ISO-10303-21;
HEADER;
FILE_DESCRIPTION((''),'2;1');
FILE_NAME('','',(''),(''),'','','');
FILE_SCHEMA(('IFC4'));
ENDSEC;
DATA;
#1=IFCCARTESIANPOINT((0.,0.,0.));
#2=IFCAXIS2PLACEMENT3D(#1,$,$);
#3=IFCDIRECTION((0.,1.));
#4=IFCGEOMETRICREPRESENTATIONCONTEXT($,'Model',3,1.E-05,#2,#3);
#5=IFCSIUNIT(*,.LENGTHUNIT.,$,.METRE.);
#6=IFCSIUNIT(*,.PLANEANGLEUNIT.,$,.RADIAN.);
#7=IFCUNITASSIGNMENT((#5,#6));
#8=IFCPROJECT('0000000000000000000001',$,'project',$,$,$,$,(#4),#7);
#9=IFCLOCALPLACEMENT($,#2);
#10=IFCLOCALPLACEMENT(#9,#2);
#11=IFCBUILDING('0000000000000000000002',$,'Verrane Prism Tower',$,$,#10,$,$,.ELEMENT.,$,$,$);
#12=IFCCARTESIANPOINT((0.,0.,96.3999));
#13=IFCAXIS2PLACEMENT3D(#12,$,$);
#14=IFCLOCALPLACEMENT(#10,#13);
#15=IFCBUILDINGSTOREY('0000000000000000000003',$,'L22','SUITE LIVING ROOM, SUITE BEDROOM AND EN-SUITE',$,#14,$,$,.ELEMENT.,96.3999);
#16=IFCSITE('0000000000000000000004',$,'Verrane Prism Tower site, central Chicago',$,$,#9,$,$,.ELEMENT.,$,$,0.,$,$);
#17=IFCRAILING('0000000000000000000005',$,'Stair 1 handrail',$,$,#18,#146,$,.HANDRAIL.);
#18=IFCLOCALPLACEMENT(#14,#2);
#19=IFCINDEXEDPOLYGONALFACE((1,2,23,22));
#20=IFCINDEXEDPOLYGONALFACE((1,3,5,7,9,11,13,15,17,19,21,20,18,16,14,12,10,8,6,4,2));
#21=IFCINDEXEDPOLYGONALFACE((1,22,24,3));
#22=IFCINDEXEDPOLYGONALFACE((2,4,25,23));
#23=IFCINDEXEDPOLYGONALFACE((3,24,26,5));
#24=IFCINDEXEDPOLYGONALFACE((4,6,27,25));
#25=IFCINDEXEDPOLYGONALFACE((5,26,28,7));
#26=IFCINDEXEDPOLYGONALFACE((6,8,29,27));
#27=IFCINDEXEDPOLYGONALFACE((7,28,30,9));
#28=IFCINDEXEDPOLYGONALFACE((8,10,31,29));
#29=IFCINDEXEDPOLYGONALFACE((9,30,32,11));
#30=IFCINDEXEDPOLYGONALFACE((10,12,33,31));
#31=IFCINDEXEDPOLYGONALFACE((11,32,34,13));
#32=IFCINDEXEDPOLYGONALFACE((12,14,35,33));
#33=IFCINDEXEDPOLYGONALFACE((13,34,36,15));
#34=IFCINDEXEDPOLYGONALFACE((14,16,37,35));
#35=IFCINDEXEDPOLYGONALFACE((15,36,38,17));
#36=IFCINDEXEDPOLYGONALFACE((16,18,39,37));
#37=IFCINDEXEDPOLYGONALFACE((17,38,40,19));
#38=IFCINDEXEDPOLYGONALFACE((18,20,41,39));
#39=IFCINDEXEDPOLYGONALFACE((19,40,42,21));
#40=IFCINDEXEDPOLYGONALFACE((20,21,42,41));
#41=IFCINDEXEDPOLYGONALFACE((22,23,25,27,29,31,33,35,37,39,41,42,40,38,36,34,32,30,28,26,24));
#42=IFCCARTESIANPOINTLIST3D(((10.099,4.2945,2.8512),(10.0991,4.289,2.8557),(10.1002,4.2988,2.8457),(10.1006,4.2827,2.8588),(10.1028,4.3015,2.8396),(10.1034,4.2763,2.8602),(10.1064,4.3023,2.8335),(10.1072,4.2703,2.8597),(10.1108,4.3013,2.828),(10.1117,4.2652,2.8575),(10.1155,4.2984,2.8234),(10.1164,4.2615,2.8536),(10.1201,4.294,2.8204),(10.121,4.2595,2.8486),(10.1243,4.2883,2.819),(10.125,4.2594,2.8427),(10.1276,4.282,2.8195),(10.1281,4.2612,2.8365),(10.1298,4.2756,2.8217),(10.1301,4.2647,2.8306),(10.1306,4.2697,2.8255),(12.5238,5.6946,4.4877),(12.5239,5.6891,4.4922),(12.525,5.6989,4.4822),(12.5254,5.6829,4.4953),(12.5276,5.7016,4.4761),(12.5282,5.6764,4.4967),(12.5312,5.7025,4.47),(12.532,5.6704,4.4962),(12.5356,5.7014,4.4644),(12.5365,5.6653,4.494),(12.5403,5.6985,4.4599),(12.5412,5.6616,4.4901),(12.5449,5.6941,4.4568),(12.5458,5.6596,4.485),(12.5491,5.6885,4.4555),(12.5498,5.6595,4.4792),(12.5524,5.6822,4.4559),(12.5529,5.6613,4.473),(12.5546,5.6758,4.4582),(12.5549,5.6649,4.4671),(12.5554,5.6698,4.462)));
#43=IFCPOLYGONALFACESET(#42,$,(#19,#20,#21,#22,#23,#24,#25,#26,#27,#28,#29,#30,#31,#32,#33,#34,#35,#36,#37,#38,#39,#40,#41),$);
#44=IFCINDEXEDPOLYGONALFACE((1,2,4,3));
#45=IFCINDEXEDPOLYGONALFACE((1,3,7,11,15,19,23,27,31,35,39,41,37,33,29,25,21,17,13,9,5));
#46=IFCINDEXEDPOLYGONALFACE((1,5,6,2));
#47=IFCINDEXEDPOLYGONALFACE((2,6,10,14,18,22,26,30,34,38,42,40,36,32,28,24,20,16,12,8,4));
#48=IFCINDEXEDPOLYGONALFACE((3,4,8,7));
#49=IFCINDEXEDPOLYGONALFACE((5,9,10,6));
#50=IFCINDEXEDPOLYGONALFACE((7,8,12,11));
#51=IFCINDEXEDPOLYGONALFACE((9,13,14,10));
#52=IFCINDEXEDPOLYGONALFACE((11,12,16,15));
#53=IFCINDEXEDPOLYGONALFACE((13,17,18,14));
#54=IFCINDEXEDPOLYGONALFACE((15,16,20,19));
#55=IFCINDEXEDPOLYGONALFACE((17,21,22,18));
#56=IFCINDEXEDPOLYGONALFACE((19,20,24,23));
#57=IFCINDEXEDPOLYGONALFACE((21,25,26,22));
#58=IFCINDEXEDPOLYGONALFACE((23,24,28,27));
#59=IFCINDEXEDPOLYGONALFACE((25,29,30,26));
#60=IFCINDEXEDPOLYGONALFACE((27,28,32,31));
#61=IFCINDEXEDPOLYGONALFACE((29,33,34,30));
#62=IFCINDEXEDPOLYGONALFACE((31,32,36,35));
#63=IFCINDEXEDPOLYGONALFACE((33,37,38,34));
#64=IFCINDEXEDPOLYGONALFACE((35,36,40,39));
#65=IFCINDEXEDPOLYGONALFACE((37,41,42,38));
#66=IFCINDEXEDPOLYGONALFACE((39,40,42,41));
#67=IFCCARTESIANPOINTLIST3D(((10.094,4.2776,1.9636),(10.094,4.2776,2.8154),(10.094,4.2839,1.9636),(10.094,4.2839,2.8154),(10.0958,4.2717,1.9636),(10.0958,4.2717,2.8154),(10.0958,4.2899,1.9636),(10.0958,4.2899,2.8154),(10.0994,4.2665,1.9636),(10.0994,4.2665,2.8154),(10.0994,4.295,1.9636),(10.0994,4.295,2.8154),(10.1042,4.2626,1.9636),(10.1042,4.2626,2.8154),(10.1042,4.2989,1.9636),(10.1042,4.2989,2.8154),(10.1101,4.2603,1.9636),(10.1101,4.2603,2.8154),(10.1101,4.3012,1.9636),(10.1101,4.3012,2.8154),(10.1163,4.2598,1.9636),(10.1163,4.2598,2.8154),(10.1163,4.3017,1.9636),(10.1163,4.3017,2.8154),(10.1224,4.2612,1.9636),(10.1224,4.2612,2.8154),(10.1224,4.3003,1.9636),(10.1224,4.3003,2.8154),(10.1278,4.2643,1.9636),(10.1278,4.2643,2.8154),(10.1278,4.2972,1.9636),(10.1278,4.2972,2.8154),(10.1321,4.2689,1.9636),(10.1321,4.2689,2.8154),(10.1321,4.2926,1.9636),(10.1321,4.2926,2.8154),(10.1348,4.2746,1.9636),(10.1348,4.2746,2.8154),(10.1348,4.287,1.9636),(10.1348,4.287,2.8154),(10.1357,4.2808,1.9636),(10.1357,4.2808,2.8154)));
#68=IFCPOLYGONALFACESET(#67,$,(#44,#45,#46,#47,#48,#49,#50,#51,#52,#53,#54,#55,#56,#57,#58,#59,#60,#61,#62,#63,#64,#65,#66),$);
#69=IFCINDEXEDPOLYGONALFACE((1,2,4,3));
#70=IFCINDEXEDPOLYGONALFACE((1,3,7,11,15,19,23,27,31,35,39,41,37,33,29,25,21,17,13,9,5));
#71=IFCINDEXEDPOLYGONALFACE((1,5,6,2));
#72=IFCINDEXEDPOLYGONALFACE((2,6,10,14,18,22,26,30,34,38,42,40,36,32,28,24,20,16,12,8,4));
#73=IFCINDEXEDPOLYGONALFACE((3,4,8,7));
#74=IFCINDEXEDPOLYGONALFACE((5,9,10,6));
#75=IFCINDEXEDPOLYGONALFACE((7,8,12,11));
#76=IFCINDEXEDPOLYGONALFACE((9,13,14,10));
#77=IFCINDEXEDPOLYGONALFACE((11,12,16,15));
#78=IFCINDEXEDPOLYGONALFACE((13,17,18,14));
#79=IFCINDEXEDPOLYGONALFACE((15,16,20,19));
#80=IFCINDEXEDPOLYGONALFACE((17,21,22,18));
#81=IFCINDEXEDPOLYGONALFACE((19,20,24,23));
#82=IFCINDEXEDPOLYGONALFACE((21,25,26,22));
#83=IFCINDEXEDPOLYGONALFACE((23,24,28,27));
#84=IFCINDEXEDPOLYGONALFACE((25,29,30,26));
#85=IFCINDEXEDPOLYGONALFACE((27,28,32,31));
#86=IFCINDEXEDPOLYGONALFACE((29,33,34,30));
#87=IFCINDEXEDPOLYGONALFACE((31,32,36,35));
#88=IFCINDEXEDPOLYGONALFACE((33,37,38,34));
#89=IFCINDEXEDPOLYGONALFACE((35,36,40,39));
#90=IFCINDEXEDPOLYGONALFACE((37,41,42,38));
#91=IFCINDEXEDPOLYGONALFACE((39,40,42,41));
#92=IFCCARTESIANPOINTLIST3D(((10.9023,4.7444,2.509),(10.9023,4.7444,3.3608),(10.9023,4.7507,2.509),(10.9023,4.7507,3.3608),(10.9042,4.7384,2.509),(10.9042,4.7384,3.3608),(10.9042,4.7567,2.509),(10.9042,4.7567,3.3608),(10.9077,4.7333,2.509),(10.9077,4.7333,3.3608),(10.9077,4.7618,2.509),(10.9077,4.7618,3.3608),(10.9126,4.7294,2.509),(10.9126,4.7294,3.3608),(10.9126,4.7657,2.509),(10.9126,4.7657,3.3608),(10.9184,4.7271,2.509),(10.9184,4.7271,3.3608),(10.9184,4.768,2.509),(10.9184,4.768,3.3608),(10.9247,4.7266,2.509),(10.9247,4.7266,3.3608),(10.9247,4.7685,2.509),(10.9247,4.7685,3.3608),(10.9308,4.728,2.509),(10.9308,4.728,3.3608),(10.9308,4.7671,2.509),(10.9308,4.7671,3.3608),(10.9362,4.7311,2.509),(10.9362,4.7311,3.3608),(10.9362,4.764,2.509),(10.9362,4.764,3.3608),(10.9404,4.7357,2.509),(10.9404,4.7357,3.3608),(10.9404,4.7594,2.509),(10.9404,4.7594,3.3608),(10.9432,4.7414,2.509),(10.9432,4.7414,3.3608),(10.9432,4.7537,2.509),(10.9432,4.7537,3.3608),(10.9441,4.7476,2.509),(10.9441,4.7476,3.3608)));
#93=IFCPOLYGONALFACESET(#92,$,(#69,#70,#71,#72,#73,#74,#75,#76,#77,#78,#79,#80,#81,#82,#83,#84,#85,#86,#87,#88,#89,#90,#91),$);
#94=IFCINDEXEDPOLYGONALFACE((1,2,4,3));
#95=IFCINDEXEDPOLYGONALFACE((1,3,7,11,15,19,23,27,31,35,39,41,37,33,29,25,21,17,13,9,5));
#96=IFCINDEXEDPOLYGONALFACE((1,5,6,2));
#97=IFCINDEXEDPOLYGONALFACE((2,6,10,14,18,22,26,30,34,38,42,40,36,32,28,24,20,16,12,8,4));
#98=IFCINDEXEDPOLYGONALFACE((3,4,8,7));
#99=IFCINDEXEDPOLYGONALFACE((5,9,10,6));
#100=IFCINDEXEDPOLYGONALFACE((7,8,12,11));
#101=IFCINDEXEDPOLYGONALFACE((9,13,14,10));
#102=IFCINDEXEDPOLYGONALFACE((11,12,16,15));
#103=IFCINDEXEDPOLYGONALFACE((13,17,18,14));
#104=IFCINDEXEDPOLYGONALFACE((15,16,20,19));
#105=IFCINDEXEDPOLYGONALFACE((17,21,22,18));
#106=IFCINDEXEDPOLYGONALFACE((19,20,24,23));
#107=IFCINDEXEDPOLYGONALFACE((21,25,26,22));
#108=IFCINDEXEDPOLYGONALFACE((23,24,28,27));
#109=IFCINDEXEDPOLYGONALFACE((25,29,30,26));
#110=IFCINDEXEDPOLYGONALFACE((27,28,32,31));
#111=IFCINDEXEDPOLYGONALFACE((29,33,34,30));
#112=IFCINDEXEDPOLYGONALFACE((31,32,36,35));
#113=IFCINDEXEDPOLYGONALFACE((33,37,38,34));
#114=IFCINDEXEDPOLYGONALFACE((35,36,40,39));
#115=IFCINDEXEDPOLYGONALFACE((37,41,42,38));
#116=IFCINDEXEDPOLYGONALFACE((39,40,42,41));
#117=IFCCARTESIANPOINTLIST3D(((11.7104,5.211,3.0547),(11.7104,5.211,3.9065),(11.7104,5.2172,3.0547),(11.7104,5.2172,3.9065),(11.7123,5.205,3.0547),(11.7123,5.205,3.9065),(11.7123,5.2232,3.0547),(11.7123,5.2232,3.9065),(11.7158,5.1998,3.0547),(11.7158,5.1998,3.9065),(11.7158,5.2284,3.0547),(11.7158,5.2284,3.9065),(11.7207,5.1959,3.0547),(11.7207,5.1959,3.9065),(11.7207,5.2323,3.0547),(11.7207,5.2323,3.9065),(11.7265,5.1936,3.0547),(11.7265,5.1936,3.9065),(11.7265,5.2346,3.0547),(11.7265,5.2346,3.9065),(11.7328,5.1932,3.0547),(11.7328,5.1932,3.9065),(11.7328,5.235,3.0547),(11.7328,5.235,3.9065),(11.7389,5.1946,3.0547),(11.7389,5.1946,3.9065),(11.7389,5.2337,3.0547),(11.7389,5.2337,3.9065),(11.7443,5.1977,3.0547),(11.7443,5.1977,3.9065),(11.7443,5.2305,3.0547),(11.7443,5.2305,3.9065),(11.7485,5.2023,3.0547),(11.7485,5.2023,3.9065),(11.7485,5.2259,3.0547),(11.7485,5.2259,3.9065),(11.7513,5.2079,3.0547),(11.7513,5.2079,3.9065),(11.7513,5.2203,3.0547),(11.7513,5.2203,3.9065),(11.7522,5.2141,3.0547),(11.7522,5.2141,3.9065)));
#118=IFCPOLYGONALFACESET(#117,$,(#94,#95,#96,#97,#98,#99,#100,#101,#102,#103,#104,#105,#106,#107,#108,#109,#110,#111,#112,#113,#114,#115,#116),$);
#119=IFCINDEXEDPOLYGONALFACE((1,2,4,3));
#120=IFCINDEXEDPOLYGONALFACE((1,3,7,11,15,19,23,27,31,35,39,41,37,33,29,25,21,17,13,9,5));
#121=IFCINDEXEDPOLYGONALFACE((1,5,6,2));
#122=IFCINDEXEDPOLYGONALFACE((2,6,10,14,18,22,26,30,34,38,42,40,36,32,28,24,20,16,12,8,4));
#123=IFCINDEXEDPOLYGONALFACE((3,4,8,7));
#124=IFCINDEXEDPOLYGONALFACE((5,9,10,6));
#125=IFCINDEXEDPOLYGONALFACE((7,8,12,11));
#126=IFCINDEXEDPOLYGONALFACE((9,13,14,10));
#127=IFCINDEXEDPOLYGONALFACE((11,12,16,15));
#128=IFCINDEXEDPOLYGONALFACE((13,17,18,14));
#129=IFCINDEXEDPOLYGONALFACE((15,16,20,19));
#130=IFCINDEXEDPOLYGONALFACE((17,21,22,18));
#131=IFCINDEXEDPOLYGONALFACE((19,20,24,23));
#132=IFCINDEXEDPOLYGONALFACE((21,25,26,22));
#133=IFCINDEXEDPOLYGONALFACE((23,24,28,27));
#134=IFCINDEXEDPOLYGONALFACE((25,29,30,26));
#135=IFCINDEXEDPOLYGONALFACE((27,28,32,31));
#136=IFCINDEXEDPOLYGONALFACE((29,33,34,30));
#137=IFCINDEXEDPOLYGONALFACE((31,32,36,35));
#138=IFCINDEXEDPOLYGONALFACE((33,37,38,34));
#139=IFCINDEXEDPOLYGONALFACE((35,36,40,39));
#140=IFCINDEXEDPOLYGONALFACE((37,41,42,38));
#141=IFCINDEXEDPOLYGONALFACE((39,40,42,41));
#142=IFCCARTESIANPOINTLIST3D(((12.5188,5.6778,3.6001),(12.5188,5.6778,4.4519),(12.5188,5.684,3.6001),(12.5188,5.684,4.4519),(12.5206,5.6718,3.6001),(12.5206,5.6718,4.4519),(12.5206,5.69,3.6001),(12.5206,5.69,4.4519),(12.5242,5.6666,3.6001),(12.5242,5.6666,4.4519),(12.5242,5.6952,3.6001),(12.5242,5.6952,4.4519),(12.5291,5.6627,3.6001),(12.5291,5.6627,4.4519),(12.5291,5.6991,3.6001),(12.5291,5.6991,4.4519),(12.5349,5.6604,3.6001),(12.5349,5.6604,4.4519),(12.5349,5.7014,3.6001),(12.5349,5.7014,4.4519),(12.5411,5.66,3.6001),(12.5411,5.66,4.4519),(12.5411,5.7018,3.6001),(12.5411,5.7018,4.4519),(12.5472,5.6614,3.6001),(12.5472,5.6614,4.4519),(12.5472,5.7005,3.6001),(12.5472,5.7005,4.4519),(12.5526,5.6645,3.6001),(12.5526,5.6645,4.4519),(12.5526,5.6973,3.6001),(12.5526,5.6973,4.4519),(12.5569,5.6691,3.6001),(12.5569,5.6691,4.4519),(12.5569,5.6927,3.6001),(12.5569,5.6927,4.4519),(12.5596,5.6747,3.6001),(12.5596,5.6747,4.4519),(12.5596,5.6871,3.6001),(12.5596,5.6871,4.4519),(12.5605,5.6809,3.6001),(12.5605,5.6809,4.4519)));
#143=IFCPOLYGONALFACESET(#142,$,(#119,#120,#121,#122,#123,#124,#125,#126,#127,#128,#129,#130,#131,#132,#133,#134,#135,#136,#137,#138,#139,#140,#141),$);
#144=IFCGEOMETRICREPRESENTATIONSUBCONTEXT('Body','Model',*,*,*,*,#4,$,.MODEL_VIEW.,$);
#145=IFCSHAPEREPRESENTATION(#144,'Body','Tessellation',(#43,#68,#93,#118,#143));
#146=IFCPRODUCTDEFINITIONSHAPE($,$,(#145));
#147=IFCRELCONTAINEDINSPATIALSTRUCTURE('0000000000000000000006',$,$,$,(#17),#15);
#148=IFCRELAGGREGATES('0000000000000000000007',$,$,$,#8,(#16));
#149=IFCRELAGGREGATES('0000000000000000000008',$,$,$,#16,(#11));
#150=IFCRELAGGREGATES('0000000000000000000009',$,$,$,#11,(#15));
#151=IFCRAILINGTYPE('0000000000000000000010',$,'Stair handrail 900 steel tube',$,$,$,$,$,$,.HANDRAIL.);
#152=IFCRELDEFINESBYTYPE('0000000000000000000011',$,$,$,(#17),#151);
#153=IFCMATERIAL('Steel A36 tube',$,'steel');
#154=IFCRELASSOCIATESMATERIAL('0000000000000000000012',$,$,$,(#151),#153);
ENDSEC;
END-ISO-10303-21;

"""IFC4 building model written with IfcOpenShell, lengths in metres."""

from ifc_helpers import new_model, si_unit, direction, frame, origin, origin_2d, place, context, subcontext, project, spatial, circle, extrude, material, type_object, element, save


model = new_model("IFC4")

# Units and contexts
model_context = context("Model", 3, precision=1e-05, world=origin(), true_north=direction((0.0, 1.0)))
body_context = subcontext(model_context, "Body", "Model", "MODEL_VIEW")
ifc_project = project(units=[si_unit("LENGTHUNIT", "METRE"), si_unit("PLANEANGLEUNIT", "RADIAN")], contexts=[model_context])

# Site, building, storey
site_placement = place(None, origin())
site = spatial("IfcSite", under=ifc_project, at=site_placement, Name="Verrane Prism Tower site, central Chicago", CompositionType="ELEMENT", RefElevation=0.0)
building_placement = place(site_placement, origin())
building = spatial("IfcBuilding", under=site, at=building_placement, Name="Verrane Prism Tower", CompositionType="ELEMENT")
storey_placement = place(building_placement, frame((0.0, 0.0, 96.3999)))
storey = spatial("IfcBuildingStorey", under=building, at=storey_placement, Name="L22", Description="SUITE LIVING ROOM, SUITE BEDROOM AND EN-SUITE", CompositionType="ELEMENT", Elevation=96.3999)

# Railing
ifc_material_1 = material(Name="Steel A36 tube", Category="steel")
railing_type_1 = type_object("IfcRailingType", Name="Stair handrail 900 steel tube", PredefinedType="HANDRAIL", material=ifc_material_1)
railing_1_placement = place(storey_placement, frame((10.1147, 4.2808, 1.9636)))
element("IfcRailing", 1, at=railing_1_placement, inside=storey, type_object=railing_type_1, Name="Stair 1 handrail", PredefinedType="HANDRAIL", context=body_context, shape_type="SweptSolid", body=[
    extrude(circle(Radius=0.0239, at=origin_2d()), frame((0.0, 0.0, 0.876), z_axis=(0.747666, 0.431722, 0.504591), x_axis=(-0.50005, 0.865997, 0.0)), (0.0, 0.0, 1.0), 3.2432),
    extrude(circle(Radius=0.021, at=origin_2d()), origin(), (0.0, 0.0, 1.0), 0.8518),
    extrude(circle(Radius=0.021, at=origin_2d()), frame((0.8083, 0.4668, 0.5454)), (0.0, 0.0, 1.0), 0.8518),
    extrude(circle(Radius=0.021, at=origin_2d()), frame((1.6165, 0.9333, 1.0911)), (0.0, 0.0, 1.0), 0.8518),
    extrude(circle(Radius=0.021, at=origin_2d()), frame((2.4248, 1.4001, 1.6365)), (0.0, 0.0, 1.0), 0.8518),
])

save(model, "model.ifc")
